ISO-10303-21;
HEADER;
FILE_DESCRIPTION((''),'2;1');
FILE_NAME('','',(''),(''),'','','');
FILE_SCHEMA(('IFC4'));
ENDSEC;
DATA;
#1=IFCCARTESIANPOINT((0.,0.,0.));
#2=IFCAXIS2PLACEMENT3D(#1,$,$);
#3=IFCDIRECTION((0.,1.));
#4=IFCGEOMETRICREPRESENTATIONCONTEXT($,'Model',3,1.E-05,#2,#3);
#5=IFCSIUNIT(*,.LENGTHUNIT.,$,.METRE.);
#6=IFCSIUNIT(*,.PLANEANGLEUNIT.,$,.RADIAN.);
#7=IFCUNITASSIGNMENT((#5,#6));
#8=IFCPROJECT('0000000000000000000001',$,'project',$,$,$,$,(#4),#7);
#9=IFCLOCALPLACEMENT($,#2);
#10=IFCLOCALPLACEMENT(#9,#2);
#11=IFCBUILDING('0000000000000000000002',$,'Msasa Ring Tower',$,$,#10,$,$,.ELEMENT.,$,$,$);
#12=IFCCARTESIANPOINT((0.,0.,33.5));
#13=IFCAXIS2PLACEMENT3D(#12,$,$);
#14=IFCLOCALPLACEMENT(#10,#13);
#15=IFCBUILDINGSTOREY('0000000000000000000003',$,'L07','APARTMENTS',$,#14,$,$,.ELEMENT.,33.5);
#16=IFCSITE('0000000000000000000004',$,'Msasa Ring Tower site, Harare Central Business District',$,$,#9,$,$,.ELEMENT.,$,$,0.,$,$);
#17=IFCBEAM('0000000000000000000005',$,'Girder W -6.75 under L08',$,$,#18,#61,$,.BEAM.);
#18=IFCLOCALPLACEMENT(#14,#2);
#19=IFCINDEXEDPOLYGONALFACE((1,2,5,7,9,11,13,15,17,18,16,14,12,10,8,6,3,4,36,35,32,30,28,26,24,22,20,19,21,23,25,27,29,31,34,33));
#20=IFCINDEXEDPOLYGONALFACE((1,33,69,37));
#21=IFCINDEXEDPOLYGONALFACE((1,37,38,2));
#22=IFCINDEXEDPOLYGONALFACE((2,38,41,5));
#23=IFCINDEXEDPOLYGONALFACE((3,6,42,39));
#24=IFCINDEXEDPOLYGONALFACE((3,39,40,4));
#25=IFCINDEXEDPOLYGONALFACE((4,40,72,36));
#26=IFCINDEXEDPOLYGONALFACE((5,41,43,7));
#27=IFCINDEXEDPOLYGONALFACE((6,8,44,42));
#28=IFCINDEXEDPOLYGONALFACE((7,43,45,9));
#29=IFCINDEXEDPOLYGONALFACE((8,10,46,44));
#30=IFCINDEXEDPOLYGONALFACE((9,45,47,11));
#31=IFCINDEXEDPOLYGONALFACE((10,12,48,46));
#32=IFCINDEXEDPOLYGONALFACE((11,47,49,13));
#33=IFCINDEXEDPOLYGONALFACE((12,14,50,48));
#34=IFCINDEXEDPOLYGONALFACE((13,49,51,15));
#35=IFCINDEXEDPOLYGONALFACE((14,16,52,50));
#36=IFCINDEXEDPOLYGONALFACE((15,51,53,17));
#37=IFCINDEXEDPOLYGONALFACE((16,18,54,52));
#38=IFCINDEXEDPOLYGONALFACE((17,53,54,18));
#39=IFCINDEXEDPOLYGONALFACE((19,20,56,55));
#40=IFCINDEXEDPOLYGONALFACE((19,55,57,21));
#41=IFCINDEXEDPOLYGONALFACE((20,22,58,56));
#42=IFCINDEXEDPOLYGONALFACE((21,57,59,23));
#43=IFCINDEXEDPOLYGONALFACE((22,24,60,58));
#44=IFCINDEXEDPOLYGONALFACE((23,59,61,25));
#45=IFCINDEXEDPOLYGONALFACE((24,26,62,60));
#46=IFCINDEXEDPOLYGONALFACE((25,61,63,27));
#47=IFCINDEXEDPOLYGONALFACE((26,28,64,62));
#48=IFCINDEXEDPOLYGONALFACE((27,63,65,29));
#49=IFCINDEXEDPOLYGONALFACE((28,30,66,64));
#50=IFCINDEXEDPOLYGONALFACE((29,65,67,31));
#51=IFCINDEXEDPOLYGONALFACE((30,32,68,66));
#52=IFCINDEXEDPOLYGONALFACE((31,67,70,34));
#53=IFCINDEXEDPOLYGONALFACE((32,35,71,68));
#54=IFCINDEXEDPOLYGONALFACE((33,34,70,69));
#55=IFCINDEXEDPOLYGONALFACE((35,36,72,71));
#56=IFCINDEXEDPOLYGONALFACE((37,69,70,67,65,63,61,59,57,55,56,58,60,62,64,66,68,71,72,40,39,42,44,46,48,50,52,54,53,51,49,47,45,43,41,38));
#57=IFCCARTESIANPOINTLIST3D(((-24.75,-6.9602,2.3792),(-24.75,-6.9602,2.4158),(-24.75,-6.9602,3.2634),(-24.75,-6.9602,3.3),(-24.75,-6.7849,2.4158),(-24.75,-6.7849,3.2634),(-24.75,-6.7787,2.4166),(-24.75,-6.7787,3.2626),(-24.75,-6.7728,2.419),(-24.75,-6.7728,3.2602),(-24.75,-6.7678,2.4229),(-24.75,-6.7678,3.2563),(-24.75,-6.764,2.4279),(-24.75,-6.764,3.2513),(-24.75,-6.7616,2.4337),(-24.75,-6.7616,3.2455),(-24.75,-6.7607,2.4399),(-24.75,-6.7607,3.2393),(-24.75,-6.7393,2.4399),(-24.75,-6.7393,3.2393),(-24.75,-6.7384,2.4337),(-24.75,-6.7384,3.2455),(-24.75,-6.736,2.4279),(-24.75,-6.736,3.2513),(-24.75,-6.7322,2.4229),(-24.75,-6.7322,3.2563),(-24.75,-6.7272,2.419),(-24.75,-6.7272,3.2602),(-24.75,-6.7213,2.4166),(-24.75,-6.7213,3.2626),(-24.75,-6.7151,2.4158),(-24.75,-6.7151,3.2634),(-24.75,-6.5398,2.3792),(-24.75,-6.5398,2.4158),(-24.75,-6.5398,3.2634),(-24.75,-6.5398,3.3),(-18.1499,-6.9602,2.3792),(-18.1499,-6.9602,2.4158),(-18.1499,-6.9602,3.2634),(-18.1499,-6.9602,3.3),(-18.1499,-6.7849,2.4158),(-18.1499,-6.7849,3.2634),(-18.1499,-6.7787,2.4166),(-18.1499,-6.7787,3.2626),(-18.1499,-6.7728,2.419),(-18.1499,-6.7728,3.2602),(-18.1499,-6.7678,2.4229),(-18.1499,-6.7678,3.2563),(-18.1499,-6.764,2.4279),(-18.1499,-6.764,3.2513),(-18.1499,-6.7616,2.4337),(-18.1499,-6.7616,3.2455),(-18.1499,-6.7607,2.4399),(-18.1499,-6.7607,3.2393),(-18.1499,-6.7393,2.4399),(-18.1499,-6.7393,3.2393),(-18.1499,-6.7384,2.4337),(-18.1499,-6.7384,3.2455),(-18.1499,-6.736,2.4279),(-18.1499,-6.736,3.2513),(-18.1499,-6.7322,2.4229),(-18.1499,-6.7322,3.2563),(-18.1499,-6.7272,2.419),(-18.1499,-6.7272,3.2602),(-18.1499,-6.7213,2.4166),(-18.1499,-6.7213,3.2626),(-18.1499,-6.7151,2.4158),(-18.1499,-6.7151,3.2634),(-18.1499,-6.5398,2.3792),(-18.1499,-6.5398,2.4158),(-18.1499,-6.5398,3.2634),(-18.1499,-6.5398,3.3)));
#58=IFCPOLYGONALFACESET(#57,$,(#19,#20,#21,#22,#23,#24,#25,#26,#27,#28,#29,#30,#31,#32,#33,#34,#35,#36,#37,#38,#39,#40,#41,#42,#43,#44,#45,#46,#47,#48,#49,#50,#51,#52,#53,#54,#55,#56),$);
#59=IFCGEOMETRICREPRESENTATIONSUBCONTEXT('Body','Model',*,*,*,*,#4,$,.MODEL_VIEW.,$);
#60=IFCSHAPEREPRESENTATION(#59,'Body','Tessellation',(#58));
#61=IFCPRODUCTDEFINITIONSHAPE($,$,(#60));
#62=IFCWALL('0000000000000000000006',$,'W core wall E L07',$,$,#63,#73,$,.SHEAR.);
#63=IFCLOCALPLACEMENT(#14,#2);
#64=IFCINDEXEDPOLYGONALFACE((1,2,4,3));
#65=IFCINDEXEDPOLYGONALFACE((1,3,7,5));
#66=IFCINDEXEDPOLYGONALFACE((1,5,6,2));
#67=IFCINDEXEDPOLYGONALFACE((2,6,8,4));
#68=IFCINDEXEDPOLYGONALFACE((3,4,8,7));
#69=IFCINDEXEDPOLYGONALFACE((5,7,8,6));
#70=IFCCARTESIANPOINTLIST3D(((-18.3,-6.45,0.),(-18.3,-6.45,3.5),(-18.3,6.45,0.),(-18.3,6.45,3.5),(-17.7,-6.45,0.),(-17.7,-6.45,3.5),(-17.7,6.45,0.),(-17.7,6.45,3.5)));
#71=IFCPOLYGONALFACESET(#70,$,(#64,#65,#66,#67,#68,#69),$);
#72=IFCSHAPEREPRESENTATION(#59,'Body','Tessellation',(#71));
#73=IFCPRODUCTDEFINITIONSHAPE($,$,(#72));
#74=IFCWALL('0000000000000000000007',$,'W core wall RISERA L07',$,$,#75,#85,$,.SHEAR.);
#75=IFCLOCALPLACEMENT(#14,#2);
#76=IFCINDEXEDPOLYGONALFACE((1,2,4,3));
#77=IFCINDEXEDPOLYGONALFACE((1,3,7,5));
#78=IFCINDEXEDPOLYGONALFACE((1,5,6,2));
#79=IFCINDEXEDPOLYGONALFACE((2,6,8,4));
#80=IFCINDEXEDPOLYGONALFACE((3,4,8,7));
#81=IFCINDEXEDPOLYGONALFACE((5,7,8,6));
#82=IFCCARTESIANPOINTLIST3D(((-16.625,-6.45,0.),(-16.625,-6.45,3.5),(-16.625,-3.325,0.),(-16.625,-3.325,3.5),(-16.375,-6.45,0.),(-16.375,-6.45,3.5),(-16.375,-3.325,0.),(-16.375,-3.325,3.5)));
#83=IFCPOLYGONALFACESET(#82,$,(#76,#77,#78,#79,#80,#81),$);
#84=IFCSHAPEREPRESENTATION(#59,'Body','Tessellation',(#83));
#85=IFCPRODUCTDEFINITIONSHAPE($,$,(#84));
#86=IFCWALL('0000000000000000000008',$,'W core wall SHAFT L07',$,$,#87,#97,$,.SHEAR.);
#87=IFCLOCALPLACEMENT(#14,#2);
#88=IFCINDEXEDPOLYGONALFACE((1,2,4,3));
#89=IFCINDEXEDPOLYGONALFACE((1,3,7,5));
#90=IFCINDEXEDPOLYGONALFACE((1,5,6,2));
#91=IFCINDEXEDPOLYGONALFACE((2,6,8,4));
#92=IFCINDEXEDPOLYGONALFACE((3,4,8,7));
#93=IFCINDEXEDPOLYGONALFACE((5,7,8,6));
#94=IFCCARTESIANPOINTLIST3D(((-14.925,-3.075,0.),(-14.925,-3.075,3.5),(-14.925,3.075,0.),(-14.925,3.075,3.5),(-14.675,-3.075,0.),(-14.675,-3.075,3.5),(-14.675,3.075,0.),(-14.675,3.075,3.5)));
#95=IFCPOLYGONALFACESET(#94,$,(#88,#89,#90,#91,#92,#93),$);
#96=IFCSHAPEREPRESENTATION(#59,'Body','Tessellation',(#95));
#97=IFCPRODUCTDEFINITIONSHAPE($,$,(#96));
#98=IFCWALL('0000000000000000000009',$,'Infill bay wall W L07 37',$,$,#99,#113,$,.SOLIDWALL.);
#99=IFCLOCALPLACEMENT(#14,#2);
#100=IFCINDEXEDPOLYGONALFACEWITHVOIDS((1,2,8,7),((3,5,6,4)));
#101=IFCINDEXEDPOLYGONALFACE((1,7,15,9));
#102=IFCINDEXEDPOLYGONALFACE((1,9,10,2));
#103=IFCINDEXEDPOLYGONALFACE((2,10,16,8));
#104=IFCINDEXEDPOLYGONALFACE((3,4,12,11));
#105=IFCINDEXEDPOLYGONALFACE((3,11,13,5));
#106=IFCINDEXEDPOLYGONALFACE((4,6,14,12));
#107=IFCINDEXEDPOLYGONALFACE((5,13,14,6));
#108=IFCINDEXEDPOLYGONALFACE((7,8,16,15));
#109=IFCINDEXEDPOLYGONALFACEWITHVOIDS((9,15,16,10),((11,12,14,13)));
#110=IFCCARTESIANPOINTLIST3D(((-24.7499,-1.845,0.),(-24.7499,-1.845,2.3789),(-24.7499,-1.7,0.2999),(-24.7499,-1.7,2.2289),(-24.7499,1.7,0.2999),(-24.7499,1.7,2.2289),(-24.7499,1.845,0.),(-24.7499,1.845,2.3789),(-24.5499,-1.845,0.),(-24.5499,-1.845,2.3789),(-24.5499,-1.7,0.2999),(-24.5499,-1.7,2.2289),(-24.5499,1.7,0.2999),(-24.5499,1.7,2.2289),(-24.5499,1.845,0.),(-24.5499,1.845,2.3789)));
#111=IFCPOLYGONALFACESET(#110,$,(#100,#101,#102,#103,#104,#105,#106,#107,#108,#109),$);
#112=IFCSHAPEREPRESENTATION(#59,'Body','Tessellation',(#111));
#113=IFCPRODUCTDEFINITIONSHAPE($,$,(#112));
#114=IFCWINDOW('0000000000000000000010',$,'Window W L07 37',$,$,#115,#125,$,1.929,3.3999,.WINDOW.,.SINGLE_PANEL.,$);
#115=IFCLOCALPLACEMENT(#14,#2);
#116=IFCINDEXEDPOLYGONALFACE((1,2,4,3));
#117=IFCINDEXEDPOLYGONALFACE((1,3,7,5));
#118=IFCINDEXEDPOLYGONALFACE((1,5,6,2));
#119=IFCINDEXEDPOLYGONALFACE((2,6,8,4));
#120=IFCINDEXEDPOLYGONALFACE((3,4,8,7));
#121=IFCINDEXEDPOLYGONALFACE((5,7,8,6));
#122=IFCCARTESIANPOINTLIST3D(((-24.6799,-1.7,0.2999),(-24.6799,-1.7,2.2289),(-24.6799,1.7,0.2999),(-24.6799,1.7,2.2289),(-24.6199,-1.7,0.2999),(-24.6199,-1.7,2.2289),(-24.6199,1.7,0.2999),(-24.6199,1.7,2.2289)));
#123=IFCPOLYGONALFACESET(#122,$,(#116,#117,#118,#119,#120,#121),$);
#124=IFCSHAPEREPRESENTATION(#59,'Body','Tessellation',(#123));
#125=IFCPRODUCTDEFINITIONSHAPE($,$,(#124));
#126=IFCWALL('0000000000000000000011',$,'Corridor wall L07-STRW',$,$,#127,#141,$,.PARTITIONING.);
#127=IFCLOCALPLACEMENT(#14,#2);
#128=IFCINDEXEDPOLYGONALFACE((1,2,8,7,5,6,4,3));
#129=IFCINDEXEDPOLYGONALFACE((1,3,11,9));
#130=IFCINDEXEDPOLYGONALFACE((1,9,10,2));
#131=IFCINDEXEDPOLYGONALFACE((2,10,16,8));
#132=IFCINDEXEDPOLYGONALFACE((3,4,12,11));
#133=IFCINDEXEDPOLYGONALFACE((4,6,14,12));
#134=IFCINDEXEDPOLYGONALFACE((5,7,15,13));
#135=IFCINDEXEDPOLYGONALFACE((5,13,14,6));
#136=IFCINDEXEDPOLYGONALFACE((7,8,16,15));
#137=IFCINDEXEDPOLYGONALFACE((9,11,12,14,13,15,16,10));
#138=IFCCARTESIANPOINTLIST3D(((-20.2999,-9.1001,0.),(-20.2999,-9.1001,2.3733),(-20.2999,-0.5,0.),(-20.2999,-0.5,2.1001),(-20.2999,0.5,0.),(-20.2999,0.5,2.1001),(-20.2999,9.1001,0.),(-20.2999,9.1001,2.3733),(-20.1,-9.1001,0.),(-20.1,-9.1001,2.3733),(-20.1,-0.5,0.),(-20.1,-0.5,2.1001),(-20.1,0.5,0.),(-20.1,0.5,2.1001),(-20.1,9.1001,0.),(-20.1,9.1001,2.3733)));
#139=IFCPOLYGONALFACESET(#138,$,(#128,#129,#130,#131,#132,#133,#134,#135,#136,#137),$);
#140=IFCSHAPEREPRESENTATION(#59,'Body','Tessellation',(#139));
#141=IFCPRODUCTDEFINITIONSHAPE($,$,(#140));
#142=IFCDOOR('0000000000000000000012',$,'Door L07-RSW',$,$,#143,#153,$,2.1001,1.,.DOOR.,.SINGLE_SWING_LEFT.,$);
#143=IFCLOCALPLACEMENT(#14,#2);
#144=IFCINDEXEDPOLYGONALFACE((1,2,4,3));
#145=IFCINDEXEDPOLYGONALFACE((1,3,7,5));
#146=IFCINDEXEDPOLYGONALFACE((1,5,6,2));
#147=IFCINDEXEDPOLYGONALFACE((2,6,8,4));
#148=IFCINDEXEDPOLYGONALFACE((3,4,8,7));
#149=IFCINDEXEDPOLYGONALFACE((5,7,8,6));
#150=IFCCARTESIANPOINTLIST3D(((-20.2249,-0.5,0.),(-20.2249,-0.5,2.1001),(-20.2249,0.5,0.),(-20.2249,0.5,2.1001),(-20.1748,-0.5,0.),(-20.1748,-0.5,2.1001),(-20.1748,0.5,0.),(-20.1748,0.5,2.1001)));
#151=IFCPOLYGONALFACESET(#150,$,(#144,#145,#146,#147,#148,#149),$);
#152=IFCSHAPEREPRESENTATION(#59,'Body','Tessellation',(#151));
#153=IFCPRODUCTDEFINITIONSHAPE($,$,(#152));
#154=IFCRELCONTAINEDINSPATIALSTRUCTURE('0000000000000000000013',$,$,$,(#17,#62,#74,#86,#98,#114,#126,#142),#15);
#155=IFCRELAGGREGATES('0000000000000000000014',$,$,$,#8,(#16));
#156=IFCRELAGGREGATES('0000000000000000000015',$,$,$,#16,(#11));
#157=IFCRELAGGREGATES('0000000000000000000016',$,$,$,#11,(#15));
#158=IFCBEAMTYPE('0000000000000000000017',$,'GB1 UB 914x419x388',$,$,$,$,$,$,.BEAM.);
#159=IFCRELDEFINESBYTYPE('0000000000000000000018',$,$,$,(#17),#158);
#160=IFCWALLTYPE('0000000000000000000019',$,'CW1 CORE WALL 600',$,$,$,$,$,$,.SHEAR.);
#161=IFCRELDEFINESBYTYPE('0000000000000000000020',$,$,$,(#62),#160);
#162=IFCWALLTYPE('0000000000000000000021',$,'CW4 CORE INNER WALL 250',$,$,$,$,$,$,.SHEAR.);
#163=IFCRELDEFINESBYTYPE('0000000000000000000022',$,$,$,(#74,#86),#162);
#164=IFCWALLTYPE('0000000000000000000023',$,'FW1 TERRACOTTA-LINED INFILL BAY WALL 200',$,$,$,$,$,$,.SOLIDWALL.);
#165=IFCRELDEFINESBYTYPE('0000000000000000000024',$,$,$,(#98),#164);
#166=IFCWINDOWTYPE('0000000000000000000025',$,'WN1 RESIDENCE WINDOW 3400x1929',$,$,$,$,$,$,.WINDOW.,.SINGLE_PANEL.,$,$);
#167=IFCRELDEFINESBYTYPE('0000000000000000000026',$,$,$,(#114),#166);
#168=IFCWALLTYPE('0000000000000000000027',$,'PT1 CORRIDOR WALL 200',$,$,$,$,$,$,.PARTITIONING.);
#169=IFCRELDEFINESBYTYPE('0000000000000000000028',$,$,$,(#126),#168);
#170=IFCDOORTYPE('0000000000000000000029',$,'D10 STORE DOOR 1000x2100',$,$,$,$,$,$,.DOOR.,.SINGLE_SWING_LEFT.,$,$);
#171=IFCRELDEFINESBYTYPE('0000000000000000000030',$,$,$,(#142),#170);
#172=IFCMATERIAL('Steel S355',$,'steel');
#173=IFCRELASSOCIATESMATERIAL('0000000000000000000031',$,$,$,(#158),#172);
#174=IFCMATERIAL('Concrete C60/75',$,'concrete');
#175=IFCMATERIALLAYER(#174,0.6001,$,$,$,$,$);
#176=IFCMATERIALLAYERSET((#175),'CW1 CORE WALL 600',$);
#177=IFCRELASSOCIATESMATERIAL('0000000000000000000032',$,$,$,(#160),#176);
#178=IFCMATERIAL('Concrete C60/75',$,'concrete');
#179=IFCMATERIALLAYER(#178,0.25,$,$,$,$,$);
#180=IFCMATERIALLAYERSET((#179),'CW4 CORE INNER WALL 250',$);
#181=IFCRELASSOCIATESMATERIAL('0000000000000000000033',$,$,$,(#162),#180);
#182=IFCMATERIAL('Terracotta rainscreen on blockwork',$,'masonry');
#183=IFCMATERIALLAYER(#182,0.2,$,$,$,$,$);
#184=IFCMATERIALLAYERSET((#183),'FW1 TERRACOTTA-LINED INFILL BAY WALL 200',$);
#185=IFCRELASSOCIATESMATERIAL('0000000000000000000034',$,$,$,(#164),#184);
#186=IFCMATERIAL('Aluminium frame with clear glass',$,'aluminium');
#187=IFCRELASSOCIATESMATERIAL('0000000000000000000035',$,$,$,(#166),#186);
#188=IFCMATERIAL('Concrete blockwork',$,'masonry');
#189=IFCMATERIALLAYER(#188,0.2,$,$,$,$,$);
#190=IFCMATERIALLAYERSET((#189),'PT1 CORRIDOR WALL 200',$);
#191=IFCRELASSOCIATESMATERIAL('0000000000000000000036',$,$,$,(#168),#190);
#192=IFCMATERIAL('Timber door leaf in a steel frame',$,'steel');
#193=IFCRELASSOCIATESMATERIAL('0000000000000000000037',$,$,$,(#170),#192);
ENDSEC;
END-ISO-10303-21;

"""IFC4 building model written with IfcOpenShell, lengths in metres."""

from ifc_helpers import new_model, si_unit, direction, frame, frame_2d, origin, origin_2d, place, context, subcontext, project, spatial, rectangle, i_section, extrude, material, layer, layer_set, material_profile, profile_set, type_object, element, fill, save


model = new_model("IFC4")

# Units and contexts
model_context = context("Model", 3, precision=1e-05, world=origin(), true_north=direction((0.0, 1.0)))
body_context = subcontext(model_context, "Body", "Model", "MODEL_VIEW")
ifc_project = project(units=[si_unit("LENGTHUNIT", "METRE"), si_unit("PLANEANGLEUNIT", "RADIAN")], contexts=[model_context])

# Site, building, storey
site_placement = place(None, origin())
site = spatial("IfcSite", under=ifc_project, at=site_placement, Name="Msasa Ring Tower site, Harare Central Business District", CompositionType="ELEMENT", RefElevation=0.0)
building_placement = place(site_placement, origin())
building = spatial("IfcBuilding", under=site, at=building_placement, Name="Msasa Ring Tower", CompositionType="ELEMENT")
storey_placement = place(building_placement, frame((0.0, 0.0, 33.5)))
storey = spatial("IfcBuildingStorey", under=building, at=storey_placement, Name="L07", Description="APARTMENTS", CompositionType="ELEMENT", Elevation=33.5)

# Beam
ifc_material_1 = material(Name="Steel S355", Category="steel")
ifc_material_profile = material_profile(ifc_material_1, i_section(OverallWidth=0.4204, OverallDepth=0.9209, WebThickness=0.0215, FlangeThickness=0.0366, FilletRadius=0.0242, at=origin_2d()), Name="UB 914x419x388")
ifc_profile_set = profile_set([ifc_material_profile], Name="Steel S355")
beam_type = type_object("IfcBeamType", Name="GB1 UB 914x419x388", PredefinedType="BEAM", material=ifc_profile_set)
beam_placement = place(storey_placement, frame((-18.1499, -6.75, 2.8396), z_axis=(-1.0, 0.0, 0.0), x_axis=(0.0, -1.0, 0.0)))
element("IfcBeam", 1, at=beam_placement, inside=storey, type_object=beam_type, Name="Girder W -6.75 under L08", PredefinedType="BEAM", context=body_context, shape_type="SweptSolid", body=[
    extrude(i_section(OverallWidth=0.4204, OverallDepth=0.9209, WebThickness=0.0215, FlangeThickness=0.0366, FilletRadius=0.0242, at=origin_2d()), origin(), (0.0, 0.0, 1.0), 6.6001),
])

# Walls
ifc_material_2 = material(Name="Concrete C60/75", Category="concrete")
ifc_layer_1 = layer(ifc_material_2, 0.6001)
ifc_layer_set_1 = layer_set([ifc_layer_1], Name="CW1 CORE WALL 600")
wall_type_1 = type_object("IfcWallType", Name="CW1 CORE WALL 600", PredefinedType="SHEAR", material=ifc_layer_set_1)
wall_1_placement = place(storey_placement, frame((-18.0, -6.45, 0.0), z_axis=(0.0, 0.0, 1.0), x_axis=(0.0, 1.0, 0.0)))
element("IfcWall", 2, at=wall_1_placement, inside=storey, type_object=wall_type_1, Name="W core wall E L07", PredefinedType="SHEAR", context=body_context, shape_type="SweptSolid", body=[
    extrude(rectangle(XDim=12.8999, YDim=0.6001, at=frame_2d((6.45, 0.0))), origin(), (0.0, 0.0, 1.0), 3.5),
])
ifc_material_3 = material(Name="Concrete C60/75", Category="concrete")
ifc_layer_2 = layer(ifc_material_3, 0.25)
ifc_layer_set_2 = layer_set([ifc_layer_2], Name="CW4 CORE INNER WALL 250")
wall_type_2 = type_object("IfcWallType", Name="CW4 CORE INNER WALL 250", PredefinedType="SHEAR", material=ifc_layer_set_2)
wall_2_placement = place(storey_placement, frame((-16.5, -6.45, 0.0), z_axis=(0.0, 0.0, 1.0), x_axis=(0.0, 1.0, 0.0)))
element("IfcWall", 3, at=wall_2_placement, inside=storey, type_object=wall_type_2, Name="W core wall RISERA L07", PredefinedType="SHEAR", context=body_context, shape_type="SweptSolid", body=[
    extrude(rectangle(XDim=3.125, YDim=0.25, at=frame_2d((1.5625, 0.0))), origin(), (0.0, 0.0, 1.0), 3.5),
])
wall_3_placement = place(storey_placement, frame((-14.8, -3.075, 0.0), z_axis=(0.0, 0.0, 1.0), x_axis=(0.0, 1.0, 0.0)))
element("IfcWall", 4, at=wall_3_placement, inside=storey, type_object=wall_type_2, Name="W core wall SHAFT L07", PredefinedType="SHEAR", context=body_context, shape_type="SweptSolid", body=[
    extrude(rectangle(XDim=6.1499, YDim=0.25, at=frame_2d((3.075, 0.0))), origin(), (0.0, 0.0, 1.0), 3.5),
])

# Wall, opening, window
ifc_material_4 = material(Name="Terracotta rainscreen on blockwork", Category="masonry")
ifc_layer_3 = layer(ifc_material_4, 0.2)
ifc_layer_set_3 = layer_set([ifc_layer_3], Name="FW1 TERRACOTTA-LINED INFILL BAY WALL 200")
wall_type_3 = type_object("IfcWallType", Name="FW1 TERRACOTTA-LINED INFILL BAY WALL 200", PredefinedType="SOLIDWALL", material=ifc_layer_set_3)
wall_4_placement = place(storey_placement, frame((-24.6499, -1.845, 0.0), z_axis=(0.0, 0.0, 1.0), x_axis=(0.0, 1.0, 0.0)))
wall_4 = element("IfcWall", 5, at=wall_4_placement, inside=storey, type_object=wall_type_3, Name="Infill bay wall W L07 37", PredefinedType="SOLIDWALL", context=body_context, shape_type="SweptSolid", body=[
    extrude(rectangle(XDim=3.6899, YDim=0.2, at=frame_2d((1.845, 0.0))), origin(), (0.0, 0.0, 1.0), 2.3789),
])
opening_1_placement = place(wall_4_placement, frame((0.145, 0.0, 0.3)))
opening_1 = element("IfcOpeningElement", 6, at=opening_1_placement, cuts=wall_4, PredefinedType="OPENING", context=body_context, shape_type="SweptSolid", body=[
    extrude(rectangle(XDim=3.3999, YDim=1.929, at=frame_2d((1.7, 0.9644))), frame((0.0, 0.1099, 0.0), z_axis=(0.0, -1.0, 0.0), x_axis=(1.0, 0.0, 0.0)), (0.0, 0.0, 1.0), 0.22),
])
ifc_material_5 = material(Name="Aluminium frame with clear glass", Category="aluminium")
window_type = type_object("IfcWindowType", Name="WN1 RESIDENCE WINDOW 3400x1929", PartitioningType="SINGLE_PANEL", PredefinedType="WINDOW", material=ifc_material_5)
window_placement = place(opening_1_placement, origin())
window = element("IfcWindow", 7, at=window_placement, inside=storey, type_object=window_type, Name="Window W L07 37", OverallHeight=1.929, OverallWidth=3.3999, PartitioningType="SINGLE_PANEL", PredefinedType="WINDOW", context=body_context, shape_type="SweptSolid", body=[
    extrude(rectangle(XDim=3.3999, YDim=1.929, at=frame_2d((1.7, 0.9644))), frame((0.0, 0.03, 0.0), z_axis=(0.0, -1.0, 0.0), x_axis=(1.0, 0.0, 0.0)), (0.0, 0.0, 1.0), 0.0601),
])
fill(opening_1, window)

# Shared definitions
ifc_material_6 = material(Name="Concrete blockwork", Category="masonry")
ifc_layer_4 = layer(ifc_material_6, 0.2)
ifc_layer_set_4 = layer_set([ifc_layer_4], Name="PT1 CORRIDOR WALL 200")
wall_type_4 = type_object("IfcWallType", Name="PT1 CORRIDOR WALL 200", PredefinedType="PARTITIONING", material=ifc_layer_set_4)

# Wall, opening, door
wall_5_placement = place(storey_placement, frame((-20.2, -9.1001, 0.0), z_axis=(0.0, 0.0, 1.0), x_axis=(0.0, 1.0, 0.0)))
wall_5 = element("IfcWall", 8, at=wall_5_placement, inside=storey, type_object=wall_type_4, Name="Corridor wall L07-STRW", PredefinedType="PARTITIONING", context=body_context, shape_type="SweptSolid", body=[
    extrude(rectangle(XDim=18.2002, YDim=0.2, at=frame_2d((9.1001, 0.0))), origin(), (0.0, 0.0, 1.0), 2.3733),
])
opening_2_placement = place(wall_5_placement, frame((8.6001, 0.0, 0.0)))
opening_2 = element("IfcOpeningElement", 9, at=opening_2_placement, cuts=wall_5, PredefinedType="OPENING", context=body_context, shape_type="SweptSolid", body=[
    extrude(rectangle(XDim=1.0, YDim=2.1001, at=frame_2d((0.5, 1.05))), frame((0.0, 0.1099, 0.0), z_axis=(0.0, -1.0, 0.0), x_axis=(1.0, 0.0, 0.0)), (0.0, 0.0, 1.0), 0.22),
])
ifc_material_7 = material(Name="Timber door leaf in a steel frame", Category="steel")
door_type_1 = type_object("IfcDoorType", Name="D10 STORE DOOR 1000x2100", OperationType="SINGLE_SWING_LEFT", PredefinedType="DOOR", material=ifc_material_7)
door_1_placement = place(opening_2_placement, origin())
door_1 = element("IfcDoor", 10, at=door_1_placement, inside=storey, type_object=door_type_1, Name="Door L07-RSW", OperationType="SINGLE_SWING_LEFT", OverallHeight=2.1001, OverallWidth=1.0, PredefinedType="DOOR", context=body_context, shape_type="SweptSolid", body=[
    extrude(rectangle(XDim=1.0, YDim=2.1001, at=frame_2d((0.5, 1.05))), frame((0.0, 0.0249, 0.0), z_axis=(0.0, -1.0, 0.0), x_axis=(1.0, 0.0, 0.0)), (0.0, 0.0, 1.0), 0.05),
])
fill(opening_2, door_1)

save(model, "model.ifc")
